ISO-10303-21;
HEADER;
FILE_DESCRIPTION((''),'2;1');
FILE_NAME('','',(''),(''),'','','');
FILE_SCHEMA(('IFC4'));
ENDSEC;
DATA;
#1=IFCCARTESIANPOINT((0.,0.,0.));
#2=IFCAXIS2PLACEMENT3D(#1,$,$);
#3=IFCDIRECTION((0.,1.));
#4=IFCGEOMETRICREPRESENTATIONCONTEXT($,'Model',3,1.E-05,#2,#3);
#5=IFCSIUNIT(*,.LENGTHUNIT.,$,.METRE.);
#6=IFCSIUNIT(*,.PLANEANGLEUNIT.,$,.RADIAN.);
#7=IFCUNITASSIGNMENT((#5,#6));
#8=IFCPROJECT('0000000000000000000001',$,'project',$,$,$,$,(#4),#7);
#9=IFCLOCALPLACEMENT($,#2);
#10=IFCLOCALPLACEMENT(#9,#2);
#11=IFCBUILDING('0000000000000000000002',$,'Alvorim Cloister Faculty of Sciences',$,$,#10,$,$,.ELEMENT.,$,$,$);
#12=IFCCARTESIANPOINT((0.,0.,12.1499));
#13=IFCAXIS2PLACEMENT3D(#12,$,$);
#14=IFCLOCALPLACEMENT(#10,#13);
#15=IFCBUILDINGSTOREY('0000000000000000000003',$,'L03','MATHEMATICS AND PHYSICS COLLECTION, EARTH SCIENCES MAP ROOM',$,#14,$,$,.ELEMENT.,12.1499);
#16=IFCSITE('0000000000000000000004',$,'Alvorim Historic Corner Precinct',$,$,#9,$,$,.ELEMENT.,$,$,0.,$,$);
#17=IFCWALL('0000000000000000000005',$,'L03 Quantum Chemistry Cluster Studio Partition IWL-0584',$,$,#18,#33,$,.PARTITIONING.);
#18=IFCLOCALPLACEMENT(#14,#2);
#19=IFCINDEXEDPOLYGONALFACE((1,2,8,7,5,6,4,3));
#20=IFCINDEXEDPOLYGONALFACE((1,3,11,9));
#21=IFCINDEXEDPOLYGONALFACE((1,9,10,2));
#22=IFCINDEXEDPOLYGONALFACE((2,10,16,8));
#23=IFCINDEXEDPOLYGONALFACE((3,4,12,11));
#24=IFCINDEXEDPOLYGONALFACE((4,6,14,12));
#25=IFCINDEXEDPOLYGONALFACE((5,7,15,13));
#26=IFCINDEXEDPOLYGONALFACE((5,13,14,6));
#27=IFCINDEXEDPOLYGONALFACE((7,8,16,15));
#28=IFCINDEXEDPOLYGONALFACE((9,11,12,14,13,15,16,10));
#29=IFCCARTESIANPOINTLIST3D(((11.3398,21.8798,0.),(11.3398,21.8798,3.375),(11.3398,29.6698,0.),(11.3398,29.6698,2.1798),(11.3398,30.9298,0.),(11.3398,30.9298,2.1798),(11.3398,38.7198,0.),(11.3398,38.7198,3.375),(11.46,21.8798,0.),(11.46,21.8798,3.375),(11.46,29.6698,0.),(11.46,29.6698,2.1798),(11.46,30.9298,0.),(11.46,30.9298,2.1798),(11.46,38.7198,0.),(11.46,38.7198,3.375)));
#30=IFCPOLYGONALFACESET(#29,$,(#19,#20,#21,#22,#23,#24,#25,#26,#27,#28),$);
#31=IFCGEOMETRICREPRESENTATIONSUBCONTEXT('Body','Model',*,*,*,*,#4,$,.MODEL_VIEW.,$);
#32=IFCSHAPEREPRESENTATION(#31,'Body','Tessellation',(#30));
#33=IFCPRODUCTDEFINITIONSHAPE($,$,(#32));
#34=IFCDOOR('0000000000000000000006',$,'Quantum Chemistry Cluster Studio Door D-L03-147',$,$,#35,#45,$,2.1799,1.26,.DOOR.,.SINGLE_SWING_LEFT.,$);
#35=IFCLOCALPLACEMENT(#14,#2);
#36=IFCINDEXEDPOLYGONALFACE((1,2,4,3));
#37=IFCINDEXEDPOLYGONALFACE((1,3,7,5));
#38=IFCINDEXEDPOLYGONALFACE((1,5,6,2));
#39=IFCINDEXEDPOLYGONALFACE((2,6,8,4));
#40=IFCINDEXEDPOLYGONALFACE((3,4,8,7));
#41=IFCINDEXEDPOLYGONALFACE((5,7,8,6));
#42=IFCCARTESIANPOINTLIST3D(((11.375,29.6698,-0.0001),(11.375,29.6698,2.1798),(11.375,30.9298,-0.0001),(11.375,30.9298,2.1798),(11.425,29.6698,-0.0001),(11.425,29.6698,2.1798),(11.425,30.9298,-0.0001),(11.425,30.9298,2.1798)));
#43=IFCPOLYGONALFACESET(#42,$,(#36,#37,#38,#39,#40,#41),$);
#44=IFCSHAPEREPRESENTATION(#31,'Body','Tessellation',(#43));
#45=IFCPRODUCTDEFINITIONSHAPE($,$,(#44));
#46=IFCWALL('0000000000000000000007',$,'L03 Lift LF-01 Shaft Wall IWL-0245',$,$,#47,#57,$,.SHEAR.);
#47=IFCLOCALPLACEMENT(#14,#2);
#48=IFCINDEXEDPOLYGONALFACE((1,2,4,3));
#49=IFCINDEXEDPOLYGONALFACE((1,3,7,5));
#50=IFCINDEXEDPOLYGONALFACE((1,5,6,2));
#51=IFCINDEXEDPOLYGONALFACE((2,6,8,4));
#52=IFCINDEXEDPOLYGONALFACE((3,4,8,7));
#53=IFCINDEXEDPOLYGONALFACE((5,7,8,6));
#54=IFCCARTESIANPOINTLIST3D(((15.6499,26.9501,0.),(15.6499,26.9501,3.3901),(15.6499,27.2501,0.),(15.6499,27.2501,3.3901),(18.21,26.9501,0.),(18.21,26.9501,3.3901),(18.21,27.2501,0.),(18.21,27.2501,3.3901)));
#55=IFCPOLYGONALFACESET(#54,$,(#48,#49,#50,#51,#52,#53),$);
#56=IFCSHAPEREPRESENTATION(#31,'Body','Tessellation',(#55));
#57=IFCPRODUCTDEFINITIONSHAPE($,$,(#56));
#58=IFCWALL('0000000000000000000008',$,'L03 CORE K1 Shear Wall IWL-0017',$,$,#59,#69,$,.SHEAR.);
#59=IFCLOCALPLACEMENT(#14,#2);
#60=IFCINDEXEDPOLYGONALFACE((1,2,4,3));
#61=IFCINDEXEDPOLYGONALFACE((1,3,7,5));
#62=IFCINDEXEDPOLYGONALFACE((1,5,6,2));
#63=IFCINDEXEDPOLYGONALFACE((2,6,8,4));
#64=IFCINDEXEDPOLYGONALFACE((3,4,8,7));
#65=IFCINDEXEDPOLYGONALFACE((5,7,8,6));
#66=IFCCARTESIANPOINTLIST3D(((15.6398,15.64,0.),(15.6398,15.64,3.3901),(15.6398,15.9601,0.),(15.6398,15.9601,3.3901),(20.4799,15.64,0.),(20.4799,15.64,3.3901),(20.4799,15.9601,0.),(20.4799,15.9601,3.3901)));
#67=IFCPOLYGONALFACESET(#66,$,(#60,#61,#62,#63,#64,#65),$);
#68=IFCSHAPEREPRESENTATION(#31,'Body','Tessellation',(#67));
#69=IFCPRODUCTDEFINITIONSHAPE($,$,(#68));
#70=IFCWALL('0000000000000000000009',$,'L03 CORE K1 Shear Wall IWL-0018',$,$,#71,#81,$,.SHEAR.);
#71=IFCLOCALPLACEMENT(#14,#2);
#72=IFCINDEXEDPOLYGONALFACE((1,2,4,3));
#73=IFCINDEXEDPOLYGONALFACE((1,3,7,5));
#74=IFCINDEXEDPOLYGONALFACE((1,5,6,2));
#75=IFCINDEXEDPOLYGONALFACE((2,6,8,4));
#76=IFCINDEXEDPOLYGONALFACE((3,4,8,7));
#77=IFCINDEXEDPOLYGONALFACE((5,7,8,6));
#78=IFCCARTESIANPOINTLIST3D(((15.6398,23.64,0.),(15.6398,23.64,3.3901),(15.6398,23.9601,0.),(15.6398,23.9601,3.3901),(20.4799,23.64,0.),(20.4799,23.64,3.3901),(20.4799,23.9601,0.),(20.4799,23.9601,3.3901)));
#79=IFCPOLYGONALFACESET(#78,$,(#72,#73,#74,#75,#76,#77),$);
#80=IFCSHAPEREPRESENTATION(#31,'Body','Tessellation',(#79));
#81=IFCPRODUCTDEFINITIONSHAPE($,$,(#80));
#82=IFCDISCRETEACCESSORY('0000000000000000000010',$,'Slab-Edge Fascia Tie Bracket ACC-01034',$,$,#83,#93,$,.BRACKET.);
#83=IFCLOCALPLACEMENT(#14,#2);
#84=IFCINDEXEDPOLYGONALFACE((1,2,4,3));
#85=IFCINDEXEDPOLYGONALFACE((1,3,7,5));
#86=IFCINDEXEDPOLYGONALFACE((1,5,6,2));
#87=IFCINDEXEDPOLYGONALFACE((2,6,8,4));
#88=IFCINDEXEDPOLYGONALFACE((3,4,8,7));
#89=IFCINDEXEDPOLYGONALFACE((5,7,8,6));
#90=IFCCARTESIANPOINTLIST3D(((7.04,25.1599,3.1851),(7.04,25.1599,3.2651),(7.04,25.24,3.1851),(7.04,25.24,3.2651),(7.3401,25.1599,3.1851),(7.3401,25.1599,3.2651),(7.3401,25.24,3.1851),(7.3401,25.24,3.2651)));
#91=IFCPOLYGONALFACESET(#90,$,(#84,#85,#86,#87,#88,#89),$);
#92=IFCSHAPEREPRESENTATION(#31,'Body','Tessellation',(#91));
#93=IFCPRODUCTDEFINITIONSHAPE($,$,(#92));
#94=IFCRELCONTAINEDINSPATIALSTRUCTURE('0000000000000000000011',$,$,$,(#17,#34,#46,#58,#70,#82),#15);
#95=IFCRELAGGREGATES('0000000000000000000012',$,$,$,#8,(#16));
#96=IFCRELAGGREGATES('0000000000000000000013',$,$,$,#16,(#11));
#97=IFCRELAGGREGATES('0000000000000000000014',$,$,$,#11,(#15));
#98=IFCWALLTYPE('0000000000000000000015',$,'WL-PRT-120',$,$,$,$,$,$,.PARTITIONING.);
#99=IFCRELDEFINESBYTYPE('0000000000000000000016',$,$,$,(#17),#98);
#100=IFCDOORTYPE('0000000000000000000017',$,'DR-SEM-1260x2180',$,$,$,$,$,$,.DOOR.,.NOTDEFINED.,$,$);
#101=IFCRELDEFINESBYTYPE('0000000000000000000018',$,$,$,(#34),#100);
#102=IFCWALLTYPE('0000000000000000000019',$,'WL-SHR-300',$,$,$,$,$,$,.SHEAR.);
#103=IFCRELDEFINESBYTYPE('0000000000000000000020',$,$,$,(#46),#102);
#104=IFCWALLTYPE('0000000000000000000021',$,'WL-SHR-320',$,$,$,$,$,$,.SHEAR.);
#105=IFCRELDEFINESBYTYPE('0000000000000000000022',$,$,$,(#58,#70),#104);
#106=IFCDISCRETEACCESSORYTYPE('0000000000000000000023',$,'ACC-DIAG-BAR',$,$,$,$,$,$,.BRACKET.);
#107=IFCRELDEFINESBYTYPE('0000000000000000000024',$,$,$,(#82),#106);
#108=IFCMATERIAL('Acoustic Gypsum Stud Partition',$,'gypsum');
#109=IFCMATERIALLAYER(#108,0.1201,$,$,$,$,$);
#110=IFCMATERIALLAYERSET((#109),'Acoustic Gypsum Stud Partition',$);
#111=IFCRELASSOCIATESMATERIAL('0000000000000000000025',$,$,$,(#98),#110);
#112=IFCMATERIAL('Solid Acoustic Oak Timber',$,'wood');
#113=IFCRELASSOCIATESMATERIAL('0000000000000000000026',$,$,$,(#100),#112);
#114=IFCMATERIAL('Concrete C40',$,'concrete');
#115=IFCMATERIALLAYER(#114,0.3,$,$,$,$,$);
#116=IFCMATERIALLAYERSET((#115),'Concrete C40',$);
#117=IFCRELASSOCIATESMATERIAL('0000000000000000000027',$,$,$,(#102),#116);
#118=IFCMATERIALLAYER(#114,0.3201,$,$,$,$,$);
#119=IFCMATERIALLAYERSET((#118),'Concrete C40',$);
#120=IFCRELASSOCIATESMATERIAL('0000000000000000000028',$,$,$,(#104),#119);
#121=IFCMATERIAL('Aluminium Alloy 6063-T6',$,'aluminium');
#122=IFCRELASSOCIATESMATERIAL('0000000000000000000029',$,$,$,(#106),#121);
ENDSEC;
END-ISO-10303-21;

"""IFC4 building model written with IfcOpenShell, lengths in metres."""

from ifc_helpers import new_model, si_unit, direction, frame, frame_2d, origin, origin_2d, place, context, subcontext, project, spatial, rectangle, extrude, material, layer, layer_set, type_object, element, fill, save


model = new_model("IFC4")

# Units and contexts
model_context = context("Model", 3, precision=1e-05, world=origin(), true_north=direction((0.0, 1.0)))
body_context = subcontext(model_context, "Body", "Model", "MODEL_VIEW")
ifc_project = project(units=[si_unit("LENGTHUNIT", "METRE"), si_unit("PLANEANGLEUNIT", "RADIAN")], contexts=[model_context])

# Site, building, storey
site_placement = place(None, origin())
site = spatial("IfcSite", under=ifc_project, at=site_placement, Name="Alvorim Historic Corner Precinct", CompositionType="ELEMENT", RefElevation=0.0)
building_placement = place(site_placement, origin())
building = spatial("IfcBuilding", under=site, at=building_placement, Name="Alvorim Cloister Faculty of Sciences", CompositionType="ELEMENT")
storey_placement = place(building_placement, frame((0.0, 0.0, 12.1499)))
storey = spatial("IfcBuildingStorey", under=building, at=storey_placement, Name="L03", Description="MATHEMATICS AND PHYSICS COLLECTION, EARTH SCIENCES MAP ROOM", CompositionType="ELEMENT", Elevation=12.1499)

# Shared definitions
ifc_material_1 = material(Name="Aluminium Alloy 6063-T6", Category="aluminium")

# Shared definitions
ifc_material_2 = material(Name="Acoustic Gypsum Stud Partition", Category="gypsum")
ifc_layer_1 = layer(ifc_material_2, 0.1201)
ifc_layer_set_1 = layer_set([ifc_layer_1], Name="Acoustic Gypsum Stud Partition")
wall_type_1 = type_object("IfcWallType", Name="WL-PRT-120", PredefinedType="PARTITIONING", material=ifc_layer_set_1)

# Wall, opening, door
wall_1_placement = place(storey_placement, frame((11.3999, 21.8799, 0.0), z_axis=(0.0, 0.0, 1.0), x_axis=(0.0, 1.0, 0.0)))
wall_1 = element("IfcWall", 1, at=wall_1_placement, inside=storey, type_object=wall_type_1, Name="L03 Quantum Chemistry Cluster Studio Partition IWL-0584", PredefinedType="PARTITIONING", context=body_context, shape_type="SweptSolid", body=[
    extrude(rectangle(XDim=16.8401, YDim=0.1201, at=frame_2d((8.4199, 0.0))), origin(), (0.0, 0.0, 1.0), 3.375),
])
opening_placement = place(wall_1_placement, frame((7.79, 0.0, 0.0)))
opening = element("IfcOpeningElement", 2, at=opening_placement, cuts=wall_1, PredefinedType="OPENING", context=body_context, shape_type="SweptSolid", body=[
    extrude(rectangle(XDim=1.26, YDim=2.1799, at=frame_2d((0.6299, 1.0898))), frame((0.0, 0.072, 0.0), z_axis=(0.0, -1.0, 0.0), x_axis=(1.0, 0.0, 0.0)), (0.0, 0.0, 1.0), 0.144),
])
ifc_material_3 = material(Name="Solid Acoustic Oak Timber", Category="wood")
door_type = type_object("IfcDoorType", Name="DR-SEM-1260x2180", OperationType="NOTDEFINED", PredefinedType="DOOR", material=ifc_material_3)
door_placement = place(opening_placement, origin())
door = element("IfcDoor", 3, at=door_placement, inside=storey, type_object=door_type, Name="Quantum Chemistry Cluster Studio Door D-L03-147", OperationType="SINGLE_SWING_LEFT", OverallHeight=2.1799, OverallWidth=1.26, PredefinedType="DOOR", context=body_context, shape_type="SweptSolid", body=[
    extrude(rectangle(XDim=1.26, YDim=2.1799, at=frame_2d((0.6299, 1.0898))), frame((0.0, 0.0249, 0.0), z_axis=(0.0, -1.0, 0.0), x_axis=(1.0, 0.0, 0.0)), (0.0, 0.0, 1.0), 0.05),
])
fill(opening, door)

# Walls
ifc_material_4 = material(Name="Concrete C40", Category="concrete")
ifc_layer_2 = layer(ifc_material_4, 0.3)
ifc_layer_set_2 = layer_set([ifc_layer_2], Name="Concrete C40")
wall_type_2 = type_object("IfcWallType", Name="WL-SHR-300", PredefinedType="SHEAR", material=ifc_layer_set_2)
wall_2_placement = place(storey_placement, frame((15.6499, 27.1001, 0.0), z_axis=(0.0, 0.0, 1.0), x_axis=(1.0, 0.0, 0.0)))
element("IfcWall", 4, at=wall_2_placement, inside=storey, type_object=wall_type_2, Name="L03 Lift LF-01 Shaft Wall IWL-0245", PredefinedType="SHEAR", context=body_context, shape_type="SweptSolid", body=[
    extrude(rectangle(XDim=2.5601, YDim=0.3, at=frame_2d((1.28, 0.0))), origin(), (0.0, 0.0, 1.0), 3.3901),
])
ifc_layer_3 = layer(ifc_material_4, 0.3201)
ifc_layer_set_3 = layer_set([ifc_layer_3], Name="Concrete C40")
wall_type_3 = type_object("IfcWallType", Name="WL-SHR-320", PredefinedType="SHEAR", material=ifc_layer_set_3)
for number, where, z_axis, x_axis, name in (
    (5, (15.6399, 15.8, 0.0), (0.0, 0.0, 1.0), (1.0, 0.0, 0.0), "L03 CORE K1 Shear Wall IWL-0017"),
    (6, (15.6399, 23.8, 0.0), (0.0, 0.0, 1.0), (1.0, 0.0, 0.0), "L03 CORE K1 Shear Wall IWL-0018"),
):
    element("IfcWall", number, at=place(storey_placement, frame(where, z_axis=z_axis, x_axis=x_axis)), inside=storey, type_object=wall_type_3, Name=name, PredefinedType="SHEAR", context=body_context, shape_type="SweptSolid", body=[
        extrude(rectangle(XDim=4.8401, YDim=0.3201, at=frame_2d((2.4199, 0.0))), origin(), (0.0, 0.0, 1.0), 3.3901),
    ])

# Discrete accessory
discrete_accessory_type = type_object("IfcDiscreteAccessoryType", Name="ACC-DIAG-BAR", PredefinedType="BRACKET", material=ifc_material_1)
discrete_accessory_placement = place(storey_placement, frame((7.3401, 25.2, 3.2251), z_axis=(-1.0, 0.0, 0.0), x_axis=(0.0, -1.0, 0.0)))
element("IfcDiscreteAccessory", 7, at=discrete_accessory_placement, inside=storey, type_object=discrete_accessory_type, Name="Slab-Edge Fascia Tie Bracket ACC-01034", PredefinedType="BRACKET", context=body_context, shape_type="SweptSolid", body=[
    extrude(rectangle(XDim=0.0801, YDim=0.0801, at=origin_2d()), origin(), (0.0, 0.0, 1.0), 0.3),
])

save(model, "model.ifc")
